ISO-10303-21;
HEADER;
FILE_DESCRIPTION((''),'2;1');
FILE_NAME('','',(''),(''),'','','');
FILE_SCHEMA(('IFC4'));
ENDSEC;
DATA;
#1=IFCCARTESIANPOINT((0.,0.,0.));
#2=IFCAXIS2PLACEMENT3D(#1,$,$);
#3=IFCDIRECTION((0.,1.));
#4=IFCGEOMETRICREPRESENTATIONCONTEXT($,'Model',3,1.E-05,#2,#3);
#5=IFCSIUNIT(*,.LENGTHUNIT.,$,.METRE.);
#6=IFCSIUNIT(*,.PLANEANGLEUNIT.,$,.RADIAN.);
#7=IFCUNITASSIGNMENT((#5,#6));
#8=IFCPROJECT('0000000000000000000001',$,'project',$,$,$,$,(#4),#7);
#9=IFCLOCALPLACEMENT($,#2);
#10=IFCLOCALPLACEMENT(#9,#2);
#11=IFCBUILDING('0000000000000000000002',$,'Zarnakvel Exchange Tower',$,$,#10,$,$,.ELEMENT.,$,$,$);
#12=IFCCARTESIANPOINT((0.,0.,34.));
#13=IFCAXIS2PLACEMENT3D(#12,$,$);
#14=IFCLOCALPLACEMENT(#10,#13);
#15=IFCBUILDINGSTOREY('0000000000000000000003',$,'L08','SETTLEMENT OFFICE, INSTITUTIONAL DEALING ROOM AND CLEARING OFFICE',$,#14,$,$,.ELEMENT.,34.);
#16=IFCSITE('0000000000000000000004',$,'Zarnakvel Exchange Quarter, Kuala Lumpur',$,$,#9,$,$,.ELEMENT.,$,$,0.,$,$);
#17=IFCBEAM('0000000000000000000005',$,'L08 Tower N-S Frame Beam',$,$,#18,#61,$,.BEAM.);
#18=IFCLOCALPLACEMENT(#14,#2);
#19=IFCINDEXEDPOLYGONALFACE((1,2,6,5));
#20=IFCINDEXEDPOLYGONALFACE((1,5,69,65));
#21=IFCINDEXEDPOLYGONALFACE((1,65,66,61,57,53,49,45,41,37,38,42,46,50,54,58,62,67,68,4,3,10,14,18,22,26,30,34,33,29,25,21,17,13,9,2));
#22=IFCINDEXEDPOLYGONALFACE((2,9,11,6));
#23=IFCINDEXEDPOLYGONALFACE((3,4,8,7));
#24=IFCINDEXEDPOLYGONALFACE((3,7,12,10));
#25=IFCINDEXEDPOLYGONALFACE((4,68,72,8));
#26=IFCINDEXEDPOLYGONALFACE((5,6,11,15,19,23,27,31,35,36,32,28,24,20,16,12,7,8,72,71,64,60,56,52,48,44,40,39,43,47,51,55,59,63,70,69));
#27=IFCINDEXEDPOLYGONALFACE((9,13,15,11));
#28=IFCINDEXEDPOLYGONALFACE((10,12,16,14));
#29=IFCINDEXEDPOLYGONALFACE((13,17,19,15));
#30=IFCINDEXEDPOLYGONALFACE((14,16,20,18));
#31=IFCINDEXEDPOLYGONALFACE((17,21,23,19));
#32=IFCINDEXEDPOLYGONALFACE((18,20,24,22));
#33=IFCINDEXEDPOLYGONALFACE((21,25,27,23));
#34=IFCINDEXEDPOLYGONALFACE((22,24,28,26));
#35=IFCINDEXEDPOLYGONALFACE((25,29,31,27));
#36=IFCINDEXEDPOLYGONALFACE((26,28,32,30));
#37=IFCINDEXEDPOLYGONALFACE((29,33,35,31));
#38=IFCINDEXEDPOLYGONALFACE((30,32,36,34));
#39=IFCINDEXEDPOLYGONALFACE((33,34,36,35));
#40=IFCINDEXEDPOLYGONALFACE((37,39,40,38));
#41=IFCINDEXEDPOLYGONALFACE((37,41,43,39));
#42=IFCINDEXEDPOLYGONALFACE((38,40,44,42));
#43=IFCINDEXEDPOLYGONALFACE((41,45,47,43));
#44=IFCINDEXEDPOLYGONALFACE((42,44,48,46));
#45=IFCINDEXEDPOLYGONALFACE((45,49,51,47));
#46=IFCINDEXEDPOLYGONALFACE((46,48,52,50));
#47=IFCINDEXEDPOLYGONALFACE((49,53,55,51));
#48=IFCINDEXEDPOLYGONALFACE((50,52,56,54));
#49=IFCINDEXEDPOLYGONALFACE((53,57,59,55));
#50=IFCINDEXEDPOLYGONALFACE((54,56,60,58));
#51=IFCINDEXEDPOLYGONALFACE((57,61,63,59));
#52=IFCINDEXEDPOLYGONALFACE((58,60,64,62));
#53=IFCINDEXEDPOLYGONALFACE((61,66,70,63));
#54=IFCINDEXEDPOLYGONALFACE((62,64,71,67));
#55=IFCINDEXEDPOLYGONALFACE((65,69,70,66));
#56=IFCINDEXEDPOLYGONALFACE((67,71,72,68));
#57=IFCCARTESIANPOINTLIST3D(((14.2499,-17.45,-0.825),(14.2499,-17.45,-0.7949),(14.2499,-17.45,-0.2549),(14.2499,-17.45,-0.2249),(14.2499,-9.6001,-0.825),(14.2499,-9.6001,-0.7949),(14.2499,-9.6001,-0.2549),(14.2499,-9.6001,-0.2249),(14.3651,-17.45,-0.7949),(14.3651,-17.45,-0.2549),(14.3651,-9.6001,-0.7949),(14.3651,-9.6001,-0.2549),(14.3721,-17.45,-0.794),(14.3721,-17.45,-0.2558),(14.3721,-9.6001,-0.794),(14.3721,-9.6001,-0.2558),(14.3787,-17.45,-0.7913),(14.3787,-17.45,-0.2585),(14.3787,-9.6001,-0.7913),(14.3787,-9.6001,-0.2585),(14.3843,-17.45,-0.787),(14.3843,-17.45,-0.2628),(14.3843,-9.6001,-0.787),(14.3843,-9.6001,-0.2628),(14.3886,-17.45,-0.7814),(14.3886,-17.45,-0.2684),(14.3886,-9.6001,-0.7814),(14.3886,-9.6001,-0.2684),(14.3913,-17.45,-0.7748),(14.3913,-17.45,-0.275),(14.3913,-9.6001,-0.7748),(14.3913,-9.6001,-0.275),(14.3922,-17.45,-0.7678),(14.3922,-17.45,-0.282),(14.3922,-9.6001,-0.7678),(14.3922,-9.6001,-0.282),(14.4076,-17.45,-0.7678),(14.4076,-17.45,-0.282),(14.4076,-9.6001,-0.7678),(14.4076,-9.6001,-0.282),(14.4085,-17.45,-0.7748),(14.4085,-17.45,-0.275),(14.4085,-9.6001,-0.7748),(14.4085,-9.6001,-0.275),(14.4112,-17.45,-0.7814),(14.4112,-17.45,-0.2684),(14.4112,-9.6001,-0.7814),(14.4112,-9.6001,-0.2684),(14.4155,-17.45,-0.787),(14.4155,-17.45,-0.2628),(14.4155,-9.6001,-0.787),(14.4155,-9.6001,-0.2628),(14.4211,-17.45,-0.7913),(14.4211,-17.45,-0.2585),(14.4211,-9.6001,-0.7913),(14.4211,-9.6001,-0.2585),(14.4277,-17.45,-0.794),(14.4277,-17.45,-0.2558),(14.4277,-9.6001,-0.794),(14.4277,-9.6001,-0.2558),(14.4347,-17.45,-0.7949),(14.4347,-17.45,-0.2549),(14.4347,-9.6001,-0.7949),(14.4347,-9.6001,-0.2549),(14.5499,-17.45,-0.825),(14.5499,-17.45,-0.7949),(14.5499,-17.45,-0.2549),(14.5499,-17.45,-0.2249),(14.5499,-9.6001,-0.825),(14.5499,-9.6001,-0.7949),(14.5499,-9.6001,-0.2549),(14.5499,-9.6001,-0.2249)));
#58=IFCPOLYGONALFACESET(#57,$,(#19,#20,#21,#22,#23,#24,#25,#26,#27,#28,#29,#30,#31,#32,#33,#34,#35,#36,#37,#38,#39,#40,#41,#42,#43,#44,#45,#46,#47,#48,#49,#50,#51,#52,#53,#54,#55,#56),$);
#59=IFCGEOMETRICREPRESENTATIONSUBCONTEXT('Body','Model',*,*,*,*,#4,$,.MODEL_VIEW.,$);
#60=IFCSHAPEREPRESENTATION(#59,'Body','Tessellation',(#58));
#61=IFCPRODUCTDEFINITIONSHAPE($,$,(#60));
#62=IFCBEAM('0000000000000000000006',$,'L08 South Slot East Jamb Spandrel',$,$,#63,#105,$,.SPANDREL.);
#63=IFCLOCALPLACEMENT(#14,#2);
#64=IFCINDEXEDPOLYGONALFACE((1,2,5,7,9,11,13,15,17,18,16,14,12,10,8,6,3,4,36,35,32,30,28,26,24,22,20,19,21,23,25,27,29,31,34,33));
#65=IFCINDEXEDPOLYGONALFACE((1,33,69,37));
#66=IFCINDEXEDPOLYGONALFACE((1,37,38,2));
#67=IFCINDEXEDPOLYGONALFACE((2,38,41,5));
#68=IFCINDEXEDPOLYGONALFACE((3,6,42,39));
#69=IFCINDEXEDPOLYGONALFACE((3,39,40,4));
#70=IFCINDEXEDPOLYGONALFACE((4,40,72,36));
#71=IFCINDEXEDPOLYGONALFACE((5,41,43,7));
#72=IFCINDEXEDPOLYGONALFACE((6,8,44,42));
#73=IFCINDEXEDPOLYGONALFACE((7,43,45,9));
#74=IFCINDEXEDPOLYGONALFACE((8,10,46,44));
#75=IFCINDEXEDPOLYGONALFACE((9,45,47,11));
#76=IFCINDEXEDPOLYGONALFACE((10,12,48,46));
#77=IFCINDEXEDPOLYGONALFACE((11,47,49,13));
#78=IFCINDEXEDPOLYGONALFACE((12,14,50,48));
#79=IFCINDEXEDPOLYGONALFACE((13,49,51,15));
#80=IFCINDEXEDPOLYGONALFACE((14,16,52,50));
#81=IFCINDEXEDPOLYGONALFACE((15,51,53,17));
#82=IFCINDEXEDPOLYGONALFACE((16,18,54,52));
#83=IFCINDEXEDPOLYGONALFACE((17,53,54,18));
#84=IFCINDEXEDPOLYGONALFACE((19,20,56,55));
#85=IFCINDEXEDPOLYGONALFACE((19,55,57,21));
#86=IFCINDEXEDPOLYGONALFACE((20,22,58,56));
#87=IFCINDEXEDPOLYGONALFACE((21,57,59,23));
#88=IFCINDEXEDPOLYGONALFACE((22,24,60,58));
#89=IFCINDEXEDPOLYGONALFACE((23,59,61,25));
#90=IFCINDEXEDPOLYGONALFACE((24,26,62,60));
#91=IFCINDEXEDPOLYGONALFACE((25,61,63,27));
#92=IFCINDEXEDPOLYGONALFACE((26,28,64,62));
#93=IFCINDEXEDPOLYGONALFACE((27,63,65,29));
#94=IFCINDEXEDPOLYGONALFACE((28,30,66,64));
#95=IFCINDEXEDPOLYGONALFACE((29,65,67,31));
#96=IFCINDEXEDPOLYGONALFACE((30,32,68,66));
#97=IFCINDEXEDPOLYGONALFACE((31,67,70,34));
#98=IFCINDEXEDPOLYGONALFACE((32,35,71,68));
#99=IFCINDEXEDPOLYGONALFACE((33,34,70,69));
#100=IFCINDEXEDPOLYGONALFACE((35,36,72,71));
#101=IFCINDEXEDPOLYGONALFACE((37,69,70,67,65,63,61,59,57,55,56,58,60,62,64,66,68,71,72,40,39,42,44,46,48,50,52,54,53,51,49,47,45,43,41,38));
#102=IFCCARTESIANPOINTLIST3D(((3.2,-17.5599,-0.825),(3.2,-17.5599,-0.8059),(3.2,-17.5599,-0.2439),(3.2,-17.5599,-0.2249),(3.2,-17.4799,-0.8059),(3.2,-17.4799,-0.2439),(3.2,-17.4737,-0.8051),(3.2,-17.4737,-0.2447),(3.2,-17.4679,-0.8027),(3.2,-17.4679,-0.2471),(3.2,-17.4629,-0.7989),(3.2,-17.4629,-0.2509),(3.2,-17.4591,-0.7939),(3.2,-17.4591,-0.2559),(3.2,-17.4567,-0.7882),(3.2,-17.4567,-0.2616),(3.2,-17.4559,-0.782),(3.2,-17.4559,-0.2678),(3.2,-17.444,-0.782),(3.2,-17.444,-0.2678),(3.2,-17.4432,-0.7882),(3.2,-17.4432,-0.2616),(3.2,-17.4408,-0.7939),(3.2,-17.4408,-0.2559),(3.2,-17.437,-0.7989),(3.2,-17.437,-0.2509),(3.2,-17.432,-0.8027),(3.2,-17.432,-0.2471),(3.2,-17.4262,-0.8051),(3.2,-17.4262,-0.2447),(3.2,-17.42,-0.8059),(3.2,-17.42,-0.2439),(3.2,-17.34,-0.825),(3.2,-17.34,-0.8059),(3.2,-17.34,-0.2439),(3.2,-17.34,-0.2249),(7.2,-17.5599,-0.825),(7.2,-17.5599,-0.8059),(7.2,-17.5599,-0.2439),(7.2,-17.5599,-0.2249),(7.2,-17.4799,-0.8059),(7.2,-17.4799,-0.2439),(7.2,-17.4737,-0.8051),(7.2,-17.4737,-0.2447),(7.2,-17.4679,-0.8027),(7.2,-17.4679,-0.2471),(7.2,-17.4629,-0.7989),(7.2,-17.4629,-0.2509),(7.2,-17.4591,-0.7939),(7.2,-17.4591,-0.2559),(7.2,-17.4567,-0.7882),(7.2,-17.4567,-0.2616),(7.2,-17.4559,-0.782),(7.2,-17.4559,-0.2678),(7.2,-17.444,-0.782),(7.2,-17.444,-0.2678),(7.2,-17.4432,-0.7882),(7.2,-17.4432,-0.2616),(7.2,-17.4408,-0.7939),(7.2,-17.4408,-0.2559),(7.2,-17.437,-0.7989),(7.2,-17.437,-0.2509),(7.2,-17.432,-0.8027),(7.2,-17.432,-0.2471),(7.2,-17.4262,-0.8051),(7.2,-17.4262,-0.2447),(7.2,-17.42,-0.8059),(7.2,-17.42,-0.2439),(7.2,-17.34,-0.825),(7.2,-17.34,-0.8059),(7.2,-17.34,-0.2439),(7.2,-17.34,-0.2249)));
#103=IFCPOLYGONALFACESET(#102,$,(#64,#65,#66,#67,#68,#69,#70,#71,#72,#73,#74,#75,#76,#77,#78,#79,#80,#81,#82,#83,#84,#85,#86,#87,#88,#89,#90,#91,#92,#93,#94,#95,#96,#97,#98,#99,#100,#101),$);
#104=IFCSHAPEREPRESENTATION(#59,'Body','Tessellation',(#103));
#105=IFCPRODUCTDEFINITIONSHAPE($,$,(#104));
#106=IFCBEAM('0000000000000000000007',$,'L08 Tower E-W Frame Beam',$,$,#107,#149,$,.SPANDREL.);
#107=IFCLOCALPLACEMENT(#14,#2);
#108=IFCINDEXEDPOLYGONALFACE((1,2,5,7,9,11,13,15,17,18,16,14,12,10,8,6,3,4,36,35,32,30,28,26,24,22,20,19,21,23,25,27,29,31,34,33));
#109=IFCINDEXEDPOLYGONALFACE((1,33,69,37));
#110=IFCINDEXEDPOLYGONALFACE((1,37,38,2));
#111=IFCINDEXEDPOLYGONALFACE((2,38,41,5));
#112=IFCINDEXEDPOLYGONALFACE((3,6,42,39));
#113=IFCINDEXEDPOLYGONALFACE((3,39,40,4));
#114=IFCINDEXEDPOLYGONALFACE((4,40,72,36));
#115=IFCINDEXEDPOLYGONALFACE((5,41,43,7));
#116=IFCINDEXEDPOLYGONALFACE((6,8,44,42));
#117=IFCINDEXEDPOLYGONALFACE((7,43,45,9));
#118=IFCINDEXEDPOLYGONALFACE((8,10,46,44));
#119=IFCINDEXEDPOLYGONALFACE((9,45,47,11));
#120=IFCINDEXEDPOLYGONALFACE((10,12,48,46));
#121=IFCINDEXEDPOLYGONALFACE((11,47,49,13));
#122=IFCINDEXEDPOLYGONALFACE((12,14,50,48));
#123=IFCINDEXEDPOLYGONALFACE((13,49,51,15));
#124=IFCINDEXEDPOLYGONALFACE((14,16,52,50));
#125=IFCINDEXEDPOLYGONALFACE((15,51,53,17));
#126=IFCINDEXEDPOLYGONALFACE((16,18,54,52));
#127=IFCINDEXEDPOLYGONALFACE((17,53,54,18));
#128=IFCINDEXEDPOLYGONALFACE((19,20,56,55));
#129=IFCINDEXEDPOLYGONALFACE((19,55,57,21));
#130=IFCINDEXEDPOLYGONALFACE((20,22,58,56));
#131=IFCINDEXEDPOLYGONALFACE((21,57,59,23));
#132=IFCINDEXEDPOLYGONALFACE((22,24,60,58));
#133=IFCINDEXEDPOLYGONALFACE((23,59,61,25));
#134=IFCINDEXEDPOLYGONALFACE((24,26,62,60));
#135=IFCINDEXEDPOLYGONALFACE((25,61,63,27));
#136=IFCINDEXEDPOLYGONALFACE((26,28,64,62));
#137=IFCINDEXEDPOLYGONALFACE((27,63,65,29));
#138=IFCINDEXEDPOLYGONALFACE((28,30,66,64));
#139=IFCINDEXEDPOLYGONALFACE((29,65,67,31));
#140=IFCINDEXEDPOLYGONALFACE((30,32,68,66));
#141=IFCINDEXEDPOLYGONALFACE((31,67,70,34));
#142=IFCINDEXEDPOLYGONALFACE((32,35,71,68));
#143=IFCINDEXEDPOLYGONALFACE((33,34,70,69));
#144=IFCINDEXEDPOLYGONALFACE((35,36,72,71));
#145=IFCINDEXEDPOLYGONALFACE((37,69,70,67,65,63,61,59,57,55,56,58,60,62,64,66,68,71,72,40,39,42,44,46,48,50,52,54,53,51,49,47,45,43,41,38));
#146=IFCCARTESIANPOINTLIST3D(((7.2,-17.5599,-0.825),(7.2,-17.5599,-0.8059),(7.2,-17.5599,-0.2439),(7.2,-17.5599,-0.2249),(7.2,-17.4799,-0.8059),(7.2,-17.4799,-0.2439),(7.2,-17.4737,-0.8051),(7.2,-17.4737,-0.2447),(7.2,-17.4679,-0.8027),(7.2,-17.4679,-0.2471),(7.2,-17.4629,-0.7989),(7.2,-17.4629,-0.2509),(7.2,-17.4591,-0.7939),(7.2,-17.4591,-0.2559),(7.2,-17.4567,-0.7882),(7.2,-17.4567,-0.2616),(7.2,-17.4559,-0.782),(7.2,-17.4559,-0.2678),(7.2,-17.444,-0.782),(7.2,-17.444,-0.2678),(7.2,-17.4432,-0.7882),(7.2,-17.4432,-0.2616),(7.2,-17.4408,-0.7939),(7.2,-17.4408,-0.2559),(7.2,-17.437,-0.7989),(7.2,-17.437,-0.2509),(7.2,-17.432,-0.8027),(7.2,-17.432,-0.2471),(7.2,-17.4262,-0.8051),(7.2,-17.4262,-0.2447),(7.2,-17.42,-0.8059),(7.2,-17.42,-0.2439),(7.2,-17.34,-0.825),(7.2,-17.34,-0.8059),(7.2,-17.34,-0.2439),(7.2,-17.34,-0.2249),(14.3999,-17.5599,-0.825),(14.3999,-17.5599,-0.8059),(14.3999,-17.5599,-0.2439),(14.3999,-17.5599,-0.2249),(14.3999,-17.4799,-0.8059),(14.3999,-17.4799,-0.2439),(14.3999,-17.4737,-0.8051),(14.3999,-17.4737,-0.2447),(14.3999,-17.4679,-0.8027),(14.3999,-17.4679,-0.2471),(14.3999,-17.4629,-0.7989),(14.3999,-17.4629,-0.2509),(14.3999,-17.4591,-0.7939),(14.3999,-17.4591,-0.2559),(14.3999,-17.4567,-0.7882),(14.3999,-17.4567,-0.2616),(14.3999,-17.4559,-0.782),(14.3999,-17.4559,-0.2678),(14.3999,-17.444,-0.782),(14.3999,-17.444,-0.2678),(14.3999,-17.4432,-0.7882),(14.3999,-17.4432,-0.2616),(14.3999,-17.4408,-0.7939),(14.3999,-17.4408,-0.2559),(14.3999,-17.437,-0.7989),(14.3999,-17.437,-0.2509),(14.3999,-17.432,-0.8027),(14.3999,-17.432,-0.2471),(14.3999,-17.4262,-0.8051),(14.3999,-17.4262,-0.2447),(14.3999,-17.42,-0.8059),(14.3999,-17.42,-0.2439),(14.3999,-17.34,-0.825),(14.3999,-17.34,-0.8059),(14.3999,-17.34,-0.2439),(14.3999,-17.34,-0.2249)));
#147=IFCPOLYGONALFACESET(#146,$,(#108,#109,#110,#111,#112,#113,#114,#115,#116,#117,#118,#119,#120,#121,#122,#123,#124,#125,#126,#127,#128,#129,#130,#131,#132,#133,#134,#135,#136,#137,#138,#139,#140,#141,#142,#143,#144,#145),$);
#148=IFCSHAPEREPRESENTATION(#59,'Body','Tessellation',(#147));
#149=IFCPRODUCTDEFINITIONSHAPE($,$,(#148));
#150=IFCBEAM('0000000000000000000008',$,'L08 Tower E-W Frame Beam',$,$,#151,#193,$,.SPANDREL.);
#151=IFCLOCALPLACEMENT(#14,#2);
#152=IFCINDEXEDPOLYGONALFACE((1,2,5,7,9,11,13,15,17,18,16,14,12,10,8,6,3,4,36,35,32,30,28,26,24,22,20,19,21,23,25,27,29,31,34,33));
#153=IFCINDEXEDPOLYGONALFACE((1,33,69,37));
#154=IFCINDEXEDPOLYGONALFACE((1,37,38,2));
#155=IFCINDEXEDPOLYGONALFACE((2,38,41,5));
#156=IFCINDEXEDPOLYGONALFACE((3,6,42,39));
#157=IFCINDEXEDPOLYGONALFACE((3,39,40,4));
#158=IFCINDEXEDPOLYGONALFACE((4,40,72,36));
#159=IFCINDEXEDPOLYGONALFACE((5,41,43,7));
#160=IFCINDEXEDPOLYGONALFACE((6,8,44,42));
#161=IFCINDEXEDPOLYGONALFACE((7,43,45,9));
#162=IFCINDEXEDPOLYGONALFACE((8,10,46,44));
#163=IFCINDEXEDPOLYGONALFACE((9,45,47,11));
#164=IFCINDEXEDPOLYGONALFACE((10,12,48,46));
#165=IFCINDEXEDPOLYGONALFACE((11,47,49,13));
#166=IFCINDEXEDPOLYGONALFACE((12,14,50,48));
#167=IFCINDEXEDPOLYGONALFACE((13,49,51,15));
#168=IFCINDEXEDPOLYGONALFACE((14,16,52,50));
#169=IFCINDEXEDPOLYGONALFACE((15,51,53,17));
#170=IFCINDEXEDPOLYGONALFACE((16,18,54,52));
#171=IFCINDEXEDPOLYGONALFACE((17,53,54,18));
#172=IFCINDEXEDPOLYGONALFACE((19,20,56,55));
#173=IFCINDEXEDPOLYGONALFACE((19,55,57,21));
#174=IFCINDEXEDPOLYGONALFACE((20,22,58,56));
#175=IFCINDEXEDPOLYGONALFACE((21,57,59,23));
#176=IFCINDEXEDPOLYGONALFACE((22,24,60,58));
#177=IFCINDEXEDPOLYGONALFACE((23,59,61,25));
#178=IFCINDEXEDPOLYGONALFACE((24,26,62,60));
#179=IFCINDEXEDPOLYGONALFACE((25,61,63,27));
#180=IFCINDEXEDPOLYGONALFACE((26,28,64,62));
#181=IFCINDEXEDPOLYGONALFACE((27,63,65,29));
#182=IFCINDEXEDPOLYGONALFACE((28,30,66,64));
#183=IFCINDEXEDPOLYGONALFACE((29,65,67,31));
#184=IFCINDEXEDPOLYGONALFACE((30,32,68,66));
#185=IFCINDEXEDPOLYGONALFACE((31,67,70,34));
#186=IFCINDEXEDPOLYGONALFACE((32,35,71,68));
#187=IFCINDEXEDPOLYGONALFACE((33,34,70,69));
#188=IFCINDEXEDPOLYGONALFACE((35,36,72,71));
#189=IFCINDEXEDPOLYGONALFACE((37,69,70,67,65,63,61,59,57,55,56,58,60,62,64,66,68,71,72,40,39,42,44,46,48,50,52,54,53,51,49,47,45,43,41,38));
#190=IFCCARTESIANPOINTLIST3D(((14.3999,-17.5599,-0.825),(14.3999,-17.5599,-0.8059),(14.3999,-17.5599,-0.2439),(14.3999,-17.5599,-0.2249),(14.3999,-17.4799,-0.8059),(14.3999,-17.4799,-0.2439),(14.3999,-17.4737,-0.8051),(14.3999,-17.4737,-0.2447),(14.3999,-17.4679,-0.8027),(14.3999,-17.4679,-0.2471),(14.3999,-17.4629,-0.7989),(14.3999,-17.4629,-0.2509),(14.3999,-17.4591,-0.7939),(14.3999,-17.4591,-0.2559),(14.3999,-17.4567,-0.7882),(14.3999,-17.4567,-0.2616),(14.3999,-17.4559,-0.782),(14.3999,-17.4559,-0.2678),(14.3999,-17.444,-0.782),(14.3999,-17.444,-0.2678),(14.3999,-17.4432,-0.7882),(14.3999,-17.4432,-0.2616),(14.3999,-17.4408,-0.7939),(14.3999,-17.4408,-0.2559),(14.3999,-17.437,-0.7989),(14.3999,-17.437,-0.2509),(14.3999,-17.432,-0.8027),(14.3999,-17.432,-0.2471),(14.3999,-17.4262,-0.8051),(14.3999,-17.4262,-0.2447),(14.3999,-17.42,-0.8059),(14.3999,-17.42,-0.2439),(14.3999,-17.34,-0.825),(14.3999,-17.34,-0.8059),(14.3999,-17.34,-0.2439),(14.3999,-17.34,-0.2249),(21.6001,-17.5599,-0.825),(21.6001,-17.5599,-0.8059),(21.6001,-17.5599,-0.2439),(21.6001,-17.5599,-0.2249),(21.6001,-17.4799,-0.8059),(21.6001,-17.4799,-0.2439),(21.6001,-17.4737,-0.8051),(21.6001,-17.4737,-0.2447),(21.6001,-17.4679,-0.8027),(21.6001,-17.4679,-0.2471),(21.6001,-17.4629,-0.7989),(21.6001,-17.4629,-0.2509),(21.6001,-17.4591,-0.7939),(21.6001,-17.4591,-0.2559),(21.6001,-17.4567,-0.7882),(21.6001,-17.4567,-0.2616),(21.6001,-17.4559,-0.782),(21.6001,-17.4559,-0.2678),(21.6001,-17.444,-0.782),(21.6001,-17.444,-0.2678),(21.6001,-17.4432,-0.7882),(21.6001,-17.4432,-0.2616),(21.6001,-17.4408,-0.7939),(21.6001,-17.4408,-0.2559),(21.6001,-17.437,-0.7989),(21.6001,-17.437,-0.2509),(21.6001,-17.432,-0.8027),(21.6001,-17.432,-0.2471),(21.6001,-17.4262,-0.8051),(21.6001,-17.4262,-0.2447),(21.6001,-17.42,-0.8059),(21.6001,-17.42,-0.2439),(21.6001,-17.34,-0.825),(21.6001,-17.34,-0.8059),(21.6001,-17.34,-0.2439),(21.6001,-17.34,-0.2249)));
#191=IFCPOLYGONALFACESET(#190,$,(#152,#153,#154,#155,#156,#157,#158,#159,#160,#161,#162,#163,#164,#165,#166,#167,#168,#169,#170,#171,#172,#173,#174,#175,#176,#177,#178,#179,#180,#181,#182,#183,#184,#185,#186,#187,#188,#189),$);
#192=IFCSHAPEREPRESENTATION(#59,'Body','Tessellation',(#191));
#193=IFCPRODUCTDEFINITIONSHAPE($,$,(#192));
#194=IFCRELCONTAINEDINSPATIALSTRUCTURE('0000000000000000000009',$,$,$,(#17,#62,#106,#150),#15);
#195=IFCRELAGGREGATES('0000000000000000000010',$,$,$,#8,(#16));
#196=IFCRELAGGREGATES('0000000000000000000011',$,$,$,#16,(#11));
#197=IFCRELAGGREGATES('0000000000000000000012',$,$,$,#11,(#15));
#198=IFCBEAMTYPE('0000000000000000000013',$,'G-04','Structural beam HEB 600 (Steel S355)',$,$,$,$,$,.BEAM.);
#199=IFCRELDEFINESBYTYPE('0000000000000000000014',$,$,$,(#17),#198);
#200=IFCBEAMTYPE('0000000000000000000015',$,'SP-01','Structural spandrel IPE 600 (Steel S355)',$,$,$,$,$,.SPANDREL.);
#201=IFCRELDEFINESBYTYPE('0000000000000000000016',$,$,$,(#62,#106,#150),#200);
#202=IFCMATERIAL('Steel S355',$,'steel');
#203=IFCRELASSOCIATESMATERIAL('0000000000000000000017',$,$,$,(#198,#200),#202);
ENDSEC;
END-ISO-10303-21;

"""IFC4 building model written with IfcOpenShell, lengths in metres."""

from ifc_helpers import new_model, si_unit, direction, frame, origin, origin_2d, place, context, subcontext, project, spatial, i_section, extrude, material, material_profile, profile_set, type_object, element, save


model = new_model("IFC4")

# Units and contexts
model_context = context("Model", 3, precision=1e-05, world=origin(), true_north=direction((0.0, 1.0)))
body_context = subcontext(model_context, "Body", "Model", "MODEL_VIEW")
ifc_project = project(units=[si_unit("LENGTHUNIT", "METRE"), si_unit("PLANEANGLEUNIT", "RADIAN")], contexts=[model_context])

# Site, building, storey
site_placement = place(None, origin())
site = spatial("IfcSite", under=ifc_project, at=site_placement, Name="Zarnakvel Exchange Quarter, Kuala Lumpur", CompositionType="ELEMENT", RefElevation=0.0)
building_placement = place(site_placement, origin())
building = spatial("IfcBuilding", under=site, at=building_placement, Name="Zarnakvel Exchange Tower", CompositionType="ELEMENT")
storey_placement = place(building_placement, frame((0.0, 0.0, 34.0)))
storey = spatial("IfcBuildingStorey", under=building, at=storey_placement, Name="L08", Description="SETTLEMENT OFFICE, INSTITUTIONAL DEALING ROOM AND CLEARING OFFICE", CompositionType="ELEMENT", Elevation=34.0)

# Beams
ifc_material_1 = material(Name="Steel S355", Category="steel")
ifc_material_profile_1 = material_profile(ifc_material_1, i_section(OverallWidth=0.3, OverallDepth=0.6001, WebThickness=0.0154, FlangeThickness=0.03, FilletRadius=0.0271, at=origin_2d()))
ifc_profile_set_1 = profile_set([ifc_material_profile_1], Name="Steel S355")
beam_type_1 = type_object("IfcBeamType", Name="G-04", Description="Structural beam HEB 600 (Steel S355)", PredefinedType="BEAM", material=ifc_profile_set_1)
for number, where, z_axis, x_axis, name in (
    (1, (14.3999, -17.45, -0.5249), (0.0, 1.0, 0.0), (-1.0, 0.0, 0.0), "L08 Tower N-S Frame Beam"),
):
    element("IfcBeam", number, at=place(storey_placement, frame(where, z_axis=z_axis, x_axis=x_axis)), inside=storey, type_object=beam_type_1, Name=name, PredefinedType="BEAM", context=body_context, shape_type="SweptSolid", body=[
        extrude(i_section(OverallWidth=0.3, OverallDepth=0.6001, WebThickness=0.0154, FlangeThickness=0.03, FilletRadius=0.0271, at=origin_2d()), origin(), (0.0, 0.0, 1.0), 7.8499),
    ])
ifc_material_profile_2 = material_profile(ifc_material_1, i_section(OverallWidth=0.22, OverallDepth=0.6001, WebThickness=0.012, FlangeThickness=0.019, FilletRadius=0.0239, at=origin_2d()))
ifc_profile_set_2 = profile_set([ifc_material_profile_2], Name="Steel S355")
beam_type_2 = type_object("IfcBeamType", Name="SP-01", Description="Structural spandrel IPE 600 (Steel S355)", PredefinedType="SPANDREL", material=ifc_profile_set_2)
beam_1_placement = place(storey_placement, frame((3.2, -17.45, -0.5249), z_axis=(1.0, 0.0, 0.0), x_axis=(0.0, 1.0, 0.0)))
element("IfcBeam", 2, at=beam_1_placement, inside=storey, type_object=beam_type_2, Name="L08 South Slot East Jamb Spandrel", PredefinedType="SPANDREL", context=body_context, shape_type="SweptSolid", body=[
    extrude(i_section(OverallWidth=0.22, OverallDepth=0.6001, WebThickness=0.012, FlangeThickness=0.019, FilletRadius=0.0239, at=origin_2d()), origin(), (0.0, 0.0, 1.0), 4.0),
])
beam_2_placement = place(storey_placement, frame((7.2, -17.45, -0.5249), z_axis=(1.0, 0.0, 0.0), x_axis=(0.0, 1.0, 0.0)))
element("IfcBeam", 3, at=beam_2_placement, inside=storey, type_object=beam_type_2, Name="L08 Tower E-W Frame Beam", PredefinedType="SPANDREL", context=body_context, shape_type="SweptSolid", body=[
    extrude(i_section(OverallWidth=0.22, OverallDepth=0.6001, WebThickness=0.012, FlangeThickness=0.019, FilletRadius=0.0239, at=origin_2d()), origin(), (0.0, 0.0, 1.0), 7.2),
])
beam_3_placement = place(storey_placement, frame((14.3999, -17.45, -0.5249), z_axis=(1.0, 0.0, 0.0), x_axis=(0.0, 1.0, 0.0)))
element("IfcBeam", 4, at=beam_3_placement, inside=storey, type_object=beam_type_2, Name="L08 Tower E-W Frame Beam", PredefinedType="SPANDREL", context=body_context, shape_type="SweptSolid", body=[
    extrude(i_section(OverallWidth=0.22, OverallDepth=0.6001, WebThickness=0.012, FlangeThickness=0.019, FilletRadius=0.0239, at=origin_2d()), origin(), (0.0, 0.0, 1.0), 7.2002),
])

save(model, "model.ifc")
